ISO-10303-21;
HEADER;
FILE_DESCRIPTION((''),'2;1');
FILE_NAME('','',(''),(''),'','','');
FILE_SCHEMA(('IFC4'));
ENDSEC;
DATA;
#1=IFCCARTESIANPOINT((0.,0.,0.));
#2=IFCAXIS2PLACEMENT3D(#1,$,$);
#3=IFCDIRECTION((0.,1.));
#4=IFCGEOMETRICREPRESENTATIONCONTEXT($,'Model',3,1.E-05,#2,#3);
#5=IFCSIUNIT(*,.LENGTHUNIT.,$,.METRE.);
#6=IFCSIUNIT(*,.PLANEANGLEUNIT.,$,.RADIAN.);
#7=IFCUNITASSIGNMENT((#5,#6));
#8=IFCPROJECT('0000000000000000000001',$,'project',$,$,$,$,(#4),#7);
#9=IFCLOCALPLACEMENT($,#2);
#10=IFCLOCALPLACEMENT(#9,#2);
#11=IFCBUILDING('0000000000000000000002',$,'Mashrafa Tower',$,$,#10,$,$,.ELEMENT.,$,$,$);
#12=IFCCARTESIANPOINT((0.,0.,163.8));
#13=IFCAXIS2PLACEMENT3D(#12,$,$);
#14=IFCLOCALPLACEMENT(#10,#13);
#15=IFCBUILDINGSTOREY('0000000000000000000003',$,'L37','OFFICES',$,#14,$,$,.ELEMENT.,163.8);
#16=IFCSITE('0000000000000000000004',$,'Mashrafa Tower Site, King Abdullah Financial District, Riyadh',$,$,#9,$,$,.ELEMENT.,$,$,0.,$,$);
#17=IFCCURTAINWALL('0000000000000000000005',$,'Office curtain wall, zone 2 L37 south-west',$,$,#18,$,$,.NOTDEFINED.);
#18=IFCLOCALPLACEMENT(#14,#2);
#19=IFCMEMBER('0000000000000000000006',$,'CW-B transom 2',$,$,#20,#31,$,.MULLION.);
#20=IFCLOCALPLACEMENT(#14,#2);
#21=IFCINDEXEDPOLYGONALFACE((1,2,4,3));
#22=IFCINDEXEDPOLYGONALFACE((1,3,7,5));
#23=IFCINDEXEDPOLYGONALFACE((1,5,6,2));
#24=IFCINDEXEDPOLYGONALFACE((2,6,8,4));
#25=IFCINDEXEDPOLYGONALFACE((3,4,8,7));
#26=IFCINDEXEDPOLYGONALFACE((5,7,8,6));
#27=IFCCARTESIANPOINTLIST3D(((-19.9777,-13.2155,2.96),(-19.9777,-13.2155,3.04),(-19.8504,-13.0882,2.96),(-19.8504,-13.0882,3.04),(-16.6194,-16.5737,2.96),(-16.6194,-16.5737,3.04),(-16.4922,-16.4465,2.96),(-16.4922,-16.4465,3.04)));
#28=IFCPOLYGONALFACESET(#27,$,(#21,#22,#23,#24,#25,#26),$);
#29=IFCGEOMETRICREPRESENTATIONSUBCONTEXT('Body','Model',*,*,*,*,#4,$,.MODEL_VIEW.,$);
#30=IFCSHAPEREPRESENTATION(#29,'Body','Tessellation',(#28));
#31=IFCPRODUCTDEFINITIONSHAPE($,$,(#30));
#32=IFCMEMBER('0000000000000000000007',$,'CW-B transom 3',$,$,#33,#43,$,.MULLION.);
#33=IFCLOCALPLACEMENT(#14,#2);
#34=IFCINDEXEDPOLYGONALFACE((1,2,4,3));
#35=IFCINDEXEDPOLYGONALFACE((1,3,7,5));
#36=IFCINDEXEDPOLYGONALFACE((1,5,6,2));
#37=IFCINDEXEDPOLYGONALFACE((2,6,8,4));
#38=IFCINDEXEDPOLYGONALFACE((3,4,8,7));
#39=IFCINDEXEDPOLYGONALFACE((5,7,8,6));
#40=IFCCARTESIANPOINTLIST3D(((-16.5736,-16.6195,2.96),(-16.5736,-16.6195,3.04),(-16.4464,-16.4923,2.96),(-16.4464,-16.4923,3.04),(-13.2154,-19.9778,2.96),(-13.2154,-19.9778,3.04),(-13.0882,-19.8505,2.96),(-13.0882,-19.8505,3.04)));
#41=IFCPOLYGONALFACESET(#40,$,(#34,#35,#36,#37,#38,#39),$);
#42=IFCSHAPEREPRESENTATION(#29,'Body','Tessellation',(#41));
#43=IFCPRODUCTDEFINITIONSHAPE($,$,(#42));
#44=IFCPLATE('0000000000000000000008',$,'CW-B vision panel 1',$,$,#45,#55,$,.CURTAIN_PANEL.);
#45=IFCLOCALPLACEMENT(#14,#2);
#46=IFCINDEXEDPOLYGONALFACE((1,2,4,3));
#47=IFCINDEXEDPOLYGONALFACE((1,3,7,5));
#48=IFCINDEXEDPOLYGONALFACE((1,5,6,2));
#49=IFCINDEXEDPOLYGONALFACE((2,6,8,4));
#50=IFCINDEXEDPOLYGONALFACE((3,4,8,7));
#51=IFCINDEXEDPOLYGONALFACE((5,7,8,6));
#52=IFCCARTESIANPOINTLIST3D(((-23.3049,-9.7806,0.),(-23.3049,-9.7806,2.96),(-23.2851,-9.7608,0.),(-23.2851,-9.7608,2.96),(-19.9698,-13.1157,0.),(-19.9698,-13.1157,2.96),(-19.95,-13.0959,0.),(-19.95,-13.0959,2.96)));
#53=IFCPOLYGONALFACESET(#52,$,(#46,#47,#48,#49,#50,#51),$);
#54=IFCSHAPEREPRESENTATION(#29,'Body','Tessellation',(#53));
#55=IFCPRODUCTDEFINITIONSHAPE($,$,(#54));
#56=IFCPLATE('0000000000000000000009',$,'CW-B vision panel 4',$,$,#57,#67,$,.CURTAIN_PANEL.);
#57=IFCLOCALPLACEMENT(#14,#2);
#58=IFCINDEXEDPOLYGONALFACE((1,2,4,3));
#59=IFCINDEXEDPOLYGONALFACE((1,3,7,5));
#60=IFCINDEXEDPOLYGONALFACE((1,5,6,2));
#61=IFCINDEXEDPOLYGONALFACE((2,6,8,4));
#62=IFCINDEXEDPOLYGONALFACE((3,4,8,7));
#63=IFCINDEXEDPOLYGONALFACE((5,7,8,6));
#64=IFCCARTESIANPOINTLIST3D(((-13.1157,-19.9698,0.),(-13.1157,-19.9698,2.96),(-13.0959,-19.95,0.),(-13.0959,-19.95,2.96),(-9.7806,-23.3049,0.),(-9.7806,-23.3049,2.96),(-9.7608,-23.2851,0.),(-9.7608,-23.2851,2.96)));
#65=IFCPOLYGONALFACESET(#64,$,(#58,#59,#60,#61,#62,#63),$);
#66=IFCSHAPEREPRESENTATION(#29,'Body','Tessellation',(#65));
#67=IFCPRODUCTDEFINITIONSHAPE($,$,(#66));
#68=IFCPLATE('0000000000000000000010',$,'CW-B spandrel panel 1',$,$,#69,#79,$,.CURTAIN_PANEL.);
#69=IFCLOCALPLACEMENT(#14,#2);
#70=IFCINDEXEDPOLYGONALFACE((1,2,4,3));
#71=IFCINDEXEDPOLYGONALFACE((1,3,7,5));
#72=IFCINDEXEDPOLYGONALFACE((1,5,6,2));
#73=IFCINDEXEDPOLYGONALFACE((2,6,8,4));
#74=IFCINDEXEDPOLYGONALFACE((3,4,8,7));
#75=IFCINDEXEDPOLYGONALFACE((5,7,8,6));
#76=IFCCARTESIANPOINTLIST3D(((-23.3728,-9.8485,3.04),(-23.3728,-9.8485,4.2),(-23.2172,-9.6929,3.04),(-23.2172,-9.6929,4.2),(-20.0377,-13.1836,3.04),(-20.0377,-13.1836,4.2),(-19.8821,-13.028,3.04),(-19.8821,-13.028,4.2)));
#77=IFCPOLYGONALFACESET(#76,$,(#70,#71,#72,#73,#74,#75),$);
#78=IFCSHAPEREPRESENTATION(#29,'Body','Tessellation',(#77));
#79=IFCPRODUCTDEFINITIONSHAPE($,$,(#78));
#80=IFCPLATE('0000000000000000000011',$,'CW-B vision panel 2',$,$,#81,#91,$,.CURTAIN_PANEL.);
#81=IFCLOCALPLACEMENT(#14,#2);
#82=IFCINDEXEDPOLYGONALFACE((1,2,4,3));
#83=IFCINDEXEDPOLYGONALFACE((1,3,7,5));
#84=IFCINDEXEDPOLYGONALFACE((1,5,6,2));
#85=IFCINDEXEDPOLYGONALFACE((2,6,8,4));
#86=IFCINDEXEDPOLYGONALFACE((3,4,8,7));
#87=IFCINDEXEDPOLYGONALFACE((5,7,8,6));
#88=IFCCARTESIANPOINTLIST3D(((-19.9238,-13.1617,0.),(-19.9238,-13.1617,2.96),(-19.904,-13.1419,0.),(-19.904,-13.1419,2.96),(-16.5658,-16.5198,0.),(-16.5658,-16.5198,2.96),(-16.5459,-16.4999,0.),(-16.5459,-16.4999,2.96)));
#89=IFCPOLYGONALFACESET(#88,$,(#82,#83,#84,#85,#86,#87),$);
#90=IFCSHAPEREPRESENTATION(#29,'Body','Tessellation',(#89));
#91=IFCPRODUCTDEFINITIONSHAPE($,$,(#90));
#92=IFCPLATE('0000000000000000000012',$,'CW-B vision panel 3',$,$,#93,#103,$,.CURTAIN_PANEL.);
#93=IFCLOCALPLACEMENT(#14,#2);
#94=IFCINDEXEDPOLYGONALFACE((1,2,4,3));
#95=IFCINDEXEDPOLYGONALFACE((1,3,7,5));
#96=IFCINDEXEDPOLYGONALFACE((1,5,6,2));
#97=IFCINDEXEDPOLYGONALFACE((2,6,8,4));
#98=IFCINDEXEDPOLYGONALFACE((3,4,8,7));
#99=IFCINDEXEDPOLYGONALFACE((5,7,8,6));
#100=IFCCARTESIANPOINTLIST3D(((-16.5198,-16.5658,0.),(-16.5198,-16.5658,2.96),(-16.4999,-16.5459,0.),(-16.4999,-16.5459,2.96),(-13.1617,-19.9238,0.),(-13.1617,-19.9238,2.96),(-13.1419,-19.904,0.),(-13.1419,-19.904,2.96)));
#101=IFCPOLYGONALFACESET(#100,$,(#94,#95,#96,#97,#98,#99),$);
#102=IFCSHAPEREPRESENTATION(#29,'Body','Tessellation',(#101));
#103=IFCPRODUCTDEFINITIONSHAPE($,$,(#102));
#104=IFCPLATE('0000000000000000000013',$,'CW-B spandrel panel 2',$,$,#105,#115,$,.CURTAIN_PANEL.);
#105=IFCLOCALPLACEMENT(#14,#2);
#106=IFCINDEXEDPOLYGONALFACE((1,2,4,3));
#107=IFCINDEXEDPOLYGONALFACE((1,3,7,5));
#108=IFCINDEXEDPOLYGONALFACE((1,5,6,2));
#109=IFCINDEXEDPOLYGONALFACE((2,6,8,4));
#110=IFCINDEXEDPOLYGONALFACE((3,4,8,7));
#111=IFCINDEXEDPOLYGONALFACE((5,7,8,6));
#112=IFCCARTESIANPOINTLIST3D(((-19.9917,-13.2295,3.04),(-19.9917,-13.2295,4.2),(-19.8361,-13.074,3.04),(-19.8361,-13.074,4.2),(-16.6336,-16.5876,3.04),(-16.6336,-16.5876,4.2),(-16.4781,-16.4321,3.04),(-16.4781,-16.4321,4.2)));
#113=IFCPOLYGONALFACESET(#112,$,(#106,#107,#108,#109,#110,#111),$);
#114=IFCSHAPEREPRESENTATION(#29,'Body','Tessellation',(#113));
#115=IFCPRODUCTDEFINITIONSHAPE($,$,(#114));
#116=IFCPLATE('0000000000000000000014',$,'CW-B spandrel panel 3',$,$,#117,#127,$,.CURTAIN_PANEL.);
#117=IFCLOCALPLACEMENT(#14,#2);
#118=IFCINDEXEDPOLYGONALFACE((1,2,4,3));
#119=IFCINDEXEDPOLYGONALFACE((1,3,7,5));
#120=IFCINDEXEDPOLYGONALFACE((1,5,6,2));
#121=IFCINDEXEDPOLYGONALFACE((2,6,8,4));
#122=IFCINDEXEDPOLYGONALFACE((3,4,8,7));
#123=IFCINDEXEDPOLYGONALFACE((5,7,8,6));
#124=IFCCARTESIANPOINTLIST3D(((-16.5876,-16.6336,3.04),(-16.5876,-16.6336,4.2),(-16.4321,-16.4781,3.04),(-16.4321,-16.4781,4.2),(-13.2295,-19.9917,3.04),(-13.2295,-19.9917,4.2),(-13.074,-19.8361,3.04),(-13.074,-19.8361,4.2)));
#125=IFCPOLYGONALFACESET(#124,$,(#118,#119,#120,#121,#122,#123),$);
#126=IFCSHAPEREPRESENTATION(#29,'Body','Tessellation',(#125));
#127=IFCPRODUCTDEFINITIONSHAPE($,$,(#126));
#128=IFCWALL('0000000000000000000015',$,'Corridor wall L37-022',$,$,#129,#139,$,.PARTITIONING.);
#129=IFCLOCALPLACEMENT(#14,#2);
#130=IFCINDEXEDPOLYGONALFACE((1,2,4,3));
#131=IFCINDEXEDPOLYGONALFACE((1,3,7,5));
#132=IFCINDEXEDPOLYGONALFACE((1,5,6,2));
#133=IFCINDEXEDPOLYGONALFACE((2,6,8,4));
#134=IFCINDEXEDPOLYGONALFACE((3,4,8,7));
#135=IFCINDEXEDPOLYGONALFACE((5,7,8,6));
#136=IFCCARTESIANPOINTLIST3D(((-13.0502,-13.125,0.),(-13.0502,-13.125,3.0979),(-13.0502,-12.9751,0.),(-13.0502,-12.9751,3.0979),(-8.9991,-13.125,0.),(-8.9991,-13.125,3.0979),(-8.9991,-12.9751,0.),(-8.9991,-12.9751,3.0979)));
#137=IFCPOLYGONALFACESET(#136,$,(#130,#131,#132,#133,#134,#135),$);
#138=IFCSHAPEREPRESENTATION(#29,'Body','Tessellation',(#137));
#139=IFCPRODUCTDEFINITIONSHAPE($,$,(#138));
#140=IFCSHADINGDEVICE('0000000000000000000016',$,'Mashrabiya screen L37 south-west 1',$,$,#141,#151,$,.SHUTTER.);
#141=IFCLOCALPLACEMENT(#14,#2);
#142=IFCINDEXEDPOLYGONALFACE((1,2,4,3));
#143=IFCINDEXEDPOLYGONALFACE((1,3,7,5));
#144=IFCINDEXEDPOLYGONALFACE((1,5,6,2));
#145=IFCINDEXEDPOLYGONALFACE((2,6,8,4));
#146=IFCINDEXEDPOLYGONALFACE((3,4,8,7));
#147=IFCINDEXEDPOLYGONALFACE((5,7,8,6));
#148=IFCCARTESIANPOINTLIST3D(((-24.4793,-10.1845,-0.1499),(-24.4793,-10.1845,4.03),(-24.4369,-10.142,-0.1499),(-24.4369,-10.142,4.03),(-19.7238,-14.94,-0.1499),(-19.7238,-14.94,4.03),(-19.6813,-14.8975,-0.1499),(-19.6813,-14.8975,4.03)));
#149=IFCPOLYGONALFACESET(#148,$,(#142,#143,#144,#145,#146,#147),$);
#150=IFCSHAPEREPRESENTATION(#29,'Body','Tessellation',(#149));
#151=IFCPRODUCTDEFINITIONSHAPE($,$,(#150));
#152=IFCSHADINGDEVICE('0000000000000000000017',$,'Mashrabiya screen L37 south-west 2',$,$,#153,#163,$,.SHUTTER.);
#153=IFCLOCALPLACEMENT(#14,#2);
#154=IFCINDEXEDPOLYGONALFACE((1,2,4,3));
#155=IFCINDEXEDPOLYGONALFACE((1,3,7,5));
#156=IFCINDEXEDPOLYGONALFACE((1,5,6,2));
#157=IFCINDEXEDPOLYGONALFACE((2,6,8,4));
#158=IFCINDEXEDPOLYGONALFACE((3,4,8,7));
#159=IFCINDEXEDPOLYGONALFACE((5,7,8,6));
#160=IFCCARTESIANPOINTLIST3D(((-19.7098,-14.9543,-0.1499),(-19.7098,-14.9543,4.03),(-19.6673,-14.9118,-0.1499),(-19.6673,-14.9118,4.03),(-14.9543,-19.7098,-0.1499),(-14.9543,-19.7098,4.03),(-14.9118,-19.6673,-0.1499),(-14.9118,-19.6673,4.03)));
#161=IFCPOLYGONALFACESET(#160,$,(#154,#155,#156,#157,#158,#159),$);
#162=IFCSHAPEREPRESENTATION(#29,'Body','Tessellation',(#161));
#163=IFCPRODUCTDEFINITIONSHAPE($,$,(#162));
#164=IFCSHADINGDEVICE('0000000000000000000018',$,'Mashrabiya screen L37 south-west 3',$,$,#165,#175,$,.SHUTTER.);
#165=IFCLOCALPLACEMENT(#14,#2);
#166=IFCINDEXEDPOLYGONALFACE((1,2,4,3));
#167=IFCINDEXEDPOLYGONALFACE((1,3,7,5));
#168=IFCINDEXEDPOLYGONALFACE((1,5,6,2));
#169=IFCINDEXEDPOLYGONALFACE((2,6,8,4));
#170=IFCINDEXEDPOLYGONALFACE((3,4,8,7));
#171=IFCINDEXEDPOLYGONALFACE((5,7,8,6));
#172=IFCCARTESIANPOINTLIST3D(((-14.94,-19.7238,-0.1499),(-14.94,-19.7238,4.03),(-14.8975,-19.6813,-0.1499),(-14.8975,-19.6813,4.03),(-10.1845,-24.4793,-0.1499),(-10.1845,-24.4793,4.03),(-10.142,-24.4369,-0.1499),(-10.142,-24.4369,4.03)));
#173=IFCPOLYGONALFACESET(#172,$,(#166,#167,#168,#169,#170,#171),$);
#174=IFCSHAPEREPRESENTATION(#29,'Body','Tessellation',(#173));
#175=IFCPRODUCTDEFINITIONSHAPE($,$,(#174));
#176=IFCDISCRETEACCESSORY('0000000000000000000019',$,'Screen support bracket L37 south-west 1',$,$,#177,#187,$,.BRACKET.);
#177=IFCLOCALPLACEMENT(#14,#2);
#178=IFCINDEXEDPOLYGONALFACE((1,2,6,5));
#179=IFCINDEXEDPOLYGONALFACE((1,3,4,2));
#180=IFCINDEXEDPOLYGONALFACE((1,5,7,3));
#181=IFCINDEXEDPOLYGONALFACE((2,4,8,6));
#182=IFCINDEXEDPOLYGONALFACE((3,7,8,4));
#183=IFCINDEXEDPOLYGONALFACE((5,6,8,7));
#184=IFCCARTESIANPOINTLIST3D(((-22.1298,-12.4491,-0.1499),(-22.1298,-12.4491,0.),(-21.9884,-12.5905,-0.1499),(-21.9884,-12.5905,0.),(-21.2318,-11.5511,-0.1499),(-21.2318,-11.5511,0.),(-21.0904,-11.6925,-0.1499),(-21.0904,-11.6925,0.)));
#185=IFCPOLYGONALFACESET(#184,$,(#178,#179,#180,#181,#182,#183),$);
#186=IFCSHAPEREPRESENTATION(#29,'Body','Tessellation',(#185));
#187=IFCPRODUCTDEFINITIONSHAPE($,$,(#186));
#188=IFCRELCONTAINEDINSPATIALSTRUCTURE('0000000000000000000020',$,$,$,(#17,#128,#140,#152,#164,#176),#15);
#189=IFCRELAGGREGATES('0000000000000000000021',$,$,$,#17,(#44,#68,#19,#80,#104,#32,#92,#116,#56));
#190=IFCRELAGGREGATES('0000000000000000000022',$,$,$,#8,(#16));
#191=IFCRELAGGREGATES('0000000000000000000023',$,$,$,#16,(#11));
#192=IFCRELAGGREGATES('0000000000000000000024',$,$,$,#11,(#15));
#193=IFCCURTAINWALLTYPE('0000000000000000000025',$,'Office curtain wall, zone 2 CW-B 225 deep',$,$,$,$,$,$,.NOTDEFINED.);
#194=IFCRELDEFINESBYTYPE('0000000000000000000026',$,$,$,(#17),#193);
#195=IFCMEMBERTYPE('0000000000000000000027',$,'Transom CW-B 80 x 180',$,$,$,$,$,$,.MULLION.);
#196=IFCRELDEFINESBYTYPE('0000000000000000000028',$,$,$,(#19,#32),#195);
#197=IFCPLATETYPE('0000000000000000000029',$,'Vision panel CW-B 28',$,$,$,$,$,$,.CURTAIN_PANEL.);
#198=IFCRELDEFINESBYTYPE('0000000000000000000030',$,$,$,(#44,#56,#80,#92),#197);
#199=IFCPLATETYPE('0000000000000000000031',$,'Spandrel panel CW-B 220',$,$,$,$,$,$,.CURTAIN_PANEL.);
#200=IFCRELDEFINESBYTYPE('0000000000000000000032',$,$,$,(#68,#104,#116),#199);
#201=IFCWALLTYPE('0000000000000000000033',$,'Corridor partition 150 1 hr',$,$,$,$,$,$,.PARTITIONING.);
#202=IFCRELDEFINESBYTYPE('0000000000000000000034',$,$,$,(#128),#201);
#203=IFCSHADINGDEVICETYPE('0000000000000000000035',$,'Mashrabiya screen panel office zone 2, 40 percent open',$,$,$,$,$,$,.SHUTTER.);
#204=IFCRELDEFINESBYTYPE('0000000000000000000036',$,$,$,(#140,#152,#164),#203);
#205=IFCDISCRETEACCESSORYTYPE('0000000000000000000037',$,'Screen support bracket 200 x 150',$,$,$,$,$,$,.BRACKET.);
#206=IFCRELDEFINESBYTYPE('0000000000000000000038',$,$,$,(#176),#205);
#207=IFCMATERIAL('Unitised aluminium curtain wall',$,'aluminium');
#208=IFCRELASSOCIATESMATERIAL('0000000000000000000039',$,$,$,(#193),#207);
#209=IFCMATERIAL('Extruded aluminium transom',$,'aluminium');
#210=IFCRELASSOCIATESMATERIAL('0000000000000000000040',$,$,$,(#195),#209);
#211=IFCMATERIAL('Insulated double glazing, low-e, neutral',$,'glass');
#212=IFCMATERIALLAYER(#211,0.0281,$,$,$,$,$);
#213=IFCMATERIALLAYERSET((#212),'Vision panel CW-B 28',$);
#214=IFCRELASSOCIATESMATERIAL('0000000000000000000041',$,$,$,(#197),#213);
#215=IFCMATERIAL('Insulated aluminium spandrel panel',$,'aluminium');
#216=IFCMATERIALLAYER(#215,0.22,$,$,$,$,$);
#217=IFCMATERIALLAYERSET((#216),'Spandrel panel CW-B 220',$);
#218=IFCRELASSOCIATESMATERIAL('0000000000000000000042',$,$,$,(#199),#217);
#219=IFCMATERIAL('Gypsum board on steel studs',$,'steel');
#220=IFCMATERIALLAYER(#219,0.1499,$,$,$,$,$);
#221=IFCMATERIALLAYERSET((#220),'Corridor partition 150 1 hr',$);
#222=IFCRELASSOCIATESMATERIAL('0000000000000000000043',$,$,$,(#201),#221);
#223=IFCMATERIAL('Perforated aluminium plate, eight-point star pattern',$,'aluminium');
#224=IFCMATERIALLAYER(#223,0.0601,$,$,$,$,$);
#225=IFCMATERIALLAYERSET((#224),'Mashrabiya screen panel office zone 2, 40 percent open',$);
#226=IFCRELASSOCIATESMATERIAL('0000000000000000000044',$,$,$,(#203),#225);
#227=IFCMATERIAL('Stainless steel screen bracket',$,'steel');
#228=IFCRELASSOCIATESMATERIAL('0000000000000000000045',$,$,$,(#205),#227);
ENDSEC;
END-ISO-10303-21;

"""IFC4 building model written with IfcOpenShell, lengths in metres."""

from ifc_helpers import new_model, si_unit, direction, frame, frame_2d, origin, origin_2d, place, context, subcontext, project, spatial, rectangle, extrude, source, transform, mapped, material, layer, layer_set, material_profile, profile_set, type_object, type_shapes, element, aggregate, save


model = new_model("IFC4")

# Units and contexts
model_context = context("Model", 3, precision=1e-05, world=origin(), true_north=direction((0.0, 1.0)))
body_context = subcontext(model_context, "Body", "Model", "MODEL_VIEW")
ifc_project = project(units=[si_unit("LENGTHUNIT", "METRE"), si_unit("PLANEANGLEUNIT", "RADIAN")], contexts=[model_context])

# Site, building, storey
site_placement = place(None, origin())
site = spatial("IfcSite", under=ifc_project, at=site_placement, Name="Mashrafa Tower Site, King Abdullah Financial District, Riyadh", CompositionType="ELEMENT", RefElevation=0.0)
building_placement = place(site_placement, origin())
building = spatial("IfcBuilding", under=site, at=building_placement, Name="Mashrafa Tower", CompositionType="ELEMENT")
storey_placement = place(building_placement, frame((0.0, 0.0, 163.8)))
storey = spatial("IfcBuildingStorey", under=building, at=storey_placement, Name="L37", Description="OFFICES", CompositionType="ELEMENT", Elevation=163.8)

# Curtain wall, members, plates
ifc_material_1 = material(Name="Unitised aluminium curtain wall", Category="aluminium")
curtain_wall_type = type_object("IfcCurtainWallType", Name="Office curtain wall, zone 2 CW-B 225 deep", PredefinedType="NOTDEFINED", material=ifc_material_1)
curtain_wall_placement = place(storey_placement, origin())
curtain_wall = element("IfcCurtainWall", 1, at=curtain_wall_placement, inside=storey, type_object=curtain_wall_type, Name="Office curtain wall, zone 2 L37 south-west", PredefinedType="NOTDEFINED")
ifc_material_2 = material(Name="Extruded aluminium transom", Category="aluminium")
ifc_material_profile_1 = material_profile(ifc_material_2, rectangle(XDim=0.1799, YDim=0.0801, at=origin_2d()), Name="Transom 80x180")
ifc_profile_set_1 = profile_set([ifc_material_profile_1], Name="Extruded aluminium transom")
member_type_1 = type_object("IfcMemberType", Name="Transom CW-B 80 x 180", PredefinedType="MULLION", material=ifc_profile_set_1)
shared_shape_1 = source(origin(), body_context, "Body", "SweptSolid", [
    extrude(rectangle(XDim=0.1799, YDim=0.0801, at=origin_2d()), origin(), (0.0, 0.0, 1.0), 4.7493),
])
member_1_placement = place(storey_placement, frame((-19.9141, -13.1519, 3.0), z_axis=(0.707107, -0.707107, 0.0), x_axis=(0.707107, 0.707107, 0.0)))
member_1 = element("IfcMember", 2, at=member_1_placement, type_object=member_type_1, Name="CW-B transom 2", PredefinedType="MULLION", context=body_context, shape_type="MappedRepresentation", body=[
    mapped(shared_shape_1, transform((0.0, 0.0, 0.0))),
])
member_2_placement = place(storey_placement, frame((-16.51, -16.5559, 3.0), z_axis=(0.707107, -0.707107, 0.0), x_axis=(0.707107, 0.707107, 0.0)))
member_2 = element("IfcMember", 3, at=member_2_placement, type_object=member_type_1, Name="CW-B transom 3", PredefinedType="MULLION", context=body_context, shape_type="MappedRepresentation", body=[
    mapped(shared_shape_1, transform((0.0, 0.0, 0.0))),
])
ifc_material_3 = material(Name="Insulated double glazing, low-e, neutral", Category="glass")
ifc_layer_1 = layer(ifc_material_3, 0.0281)
ifc_layer_set_1 = layer_set([ifc_layer_1], Name="Vision panel CW-B 28")
plate_type_1 = type_object("IfcPlateType", Name="Vision panel CW-B 28", PredefinedType="CURTAIN_PANEL", material=ifc_layer_set_1)
shared_shape_2 = source(origin(), body_context, "Body", "SweptSolid", [
    extrude(rectangle(XDim=4.7166, YDim=0.0281, at=origin_2d()), origin(), (0.0, 0.0, 1.0), 2.96),
])
plate_1_placement = place(storey_placement, frame((-21.6274, -11.4382, 0.0), z_axis=(0.0, 0.0, 1.0), x_axis=(0.707107, -0.707107, 0.0)))
plate_1 = element("IfcPlate", 4, at=plate_1_placement, type_object=plate_type_1, Name="CW-B vision panel 1", PredefinedType="CURTAIN_PANEL", context=body_context, shape_type="MappedRepresentation", body=[
    mapped(shared_shape_2, transform((0.0, 0.0, 0.0))),
])
plate_2_placement = place(storey_placement, frame((-11.4382, -21.6274, 0.0), z_axis=(0.0, 0.0, 1.0), x_axis=(0.707107, -0.707107, 0.0)))
plate_2 = element("IfcPlate", 5, at=plate_2_placement, type_object=plate_type_1, Name="CW-B vision panel 4", PredefinedType="CURTAIN_PANEL", context=body_context, shape_type="MappedRepresentation", body=[
    mapped(shared_shape_2, transform((0.0, 0.0, 0.0))),
])
ifc_material_4 = material(Name="Insulated aluminium spandrel panel", Category="aluminium")
ifc_layer_2 = layer(ifc_material_4, 0.22)
ifc_layer_set_2 = layer_set([ifc_layer_2], Name="Spandrel panel CW-B 220")
plate_type_2 = type_object("IfcPlateType", Name="Spandrel panel CW-B 220", PredefinedType="CURTAIN_PANEL", material=ifc_layer_set_2)
shared_shape_3 = source(origin(), body_context, "Body", "SweptSolid", [
    extrude(rectangle(XDim=4.7166, YDim=0.22, at=origin_2d()), origin(), (0.0, 0.0, 1.0), 1.1599),
])
plate_3_placement = place(storey_placement, frame((-21.6274, -11.4382, 3.04), z_axis=(0.0, 0.0, 1.0), x_axis=(0.707107, -0.707107, 0.0)))
plate_3 = element("IfcPlate", 6, at=plate_3_placement, type_object=plate_type_2, Name="CW-B spandrel panel 1", PredefinedType="CURTAIN_PANEL", context=body_context, shape_type="MappedRepresentation", body=[
    mapped(shared_shape_3, transform((0.0, 0.0, 0.0))),
])
shared_shape_4 = source(origin(), body_context, "Body", "SweptSolid", [
    extrude(rectangle(XDim=4.749, YDim=0.0281, at=origin_2d()), origin(), (0.0, 0.0, 1.0), 2.96),
])
type_shapes(plate_type_1, [shared_shape_2, shared_shape_4])
plate_4_placement = place(storey_placement, frame((-18.2349, -14.8308, 0.0), z_axis=(0.0, 0.0, 1.0), x_axis=(0.707107, -0.707107, 0.0)))
plate_4 = element("IfcPlate", 7, at=plate_4_placement, type_object=plate_type_1, Name="CW-B vision panel 2", PredefinedType="CURTAIN_PANEL", context=body_context, shape_type="MappedRepresentation", body=[
    mapped(shared_shape_4, transform((0.0, 0.0, 0.0))),
])
plate_5_placement = place(storey_placement, frame((-14.8308, -18.2349, 0.0), z_axis=(0.0, 0.0, 1.0), x_axis=(0.707107, -0.707107, 0.0)))
plate_5 = element("IfcPlate", 8, at=plate_5_placement, type_object=plate_type_1, Name="CW-B vision panel 3", PredefinedType="CURTAIN_PANEL", context=body_context, shape_type="MappedRepresentation", body=[
    mapped(shared_shape_4, transform((0.0, 0.0, 0.0))),
])
shared_shape_5 = source(origin(), body_context, "Body", "SweptSolid", [
    extrude(rectangle(XDim=4.749, YDim=0.22, at=origin_2d()), origin(), (0.0, 0.0, 1.0), 1.1599),
])
type_shapes(plate_type_2, [shared_shape_3, shared_shape_5])
plate_6_placement = place(storey_placement, frame((-18.2349, -14.8308, 3.04), z_axis=(0.0, 0.0, 1.0), x_axis=(0.707107, -0.707107, 0.0)))
plate_6 = element("IfcPlate", 9, at=plate_6_placement, type_object=plate_type_2, Name="CW-B spandrel panel 2", PredefinedType="CURTAIN_PANEL", context=body_context, shape_type="MappedRepresentation", body=[
    mapped(shared_shape_5, transform((0.0, 0.0, 0.0))),
])
plate_7_placement = place(storey_placement, frame((-14.8308, -18.2349, 3.04), z_axis=(0.0, 0.0, 1.0), x_axis=(0.707107, -0.707107, 0.0)))
plate_7 = element("IfcPlate", 10, at=plate_7_placement, type_object=plate_type_2, Name="CW-B spandrel panel 3", PredefinedType="CURTAIN_PANEL", context=body_context, shape_type="MappedRepresentation", body=[
    mapped(shared_shape_5, transform((0.0, 0.0, 0.0))),
])
aggregate(curtain_wall, [plate_1, plate_3, member_1, plate_4, plate_6, member_2, plate_5, plate_7, plate_2])

# Wall
ifc_material_5 = material(Name="Gypsum board on steel studs", Category="steel")
ifc_layer_3 = layer(ifc_material_5, 0.1499)
ifc_layer_set_3 = layer_set([ifc_layer_3], Name="Corridor partition 150 1 hr")
wall_type = type_object("IfcWallType", Name="Corridor partition 150 1 hr", PredefinedType="PARTITIONING", material=ifc_layer_set_3)
wall_placement = place(storey_placement, frame((-13.05, -13.05, 0.0), z_axis=(0.0, 0.0, 1.0), x_axis=(1.0, 0.0, 0.0)))
element("IfcWall", 11, at=wall_placement, inside=storey, type_object=wall_type, Name="Corridor wall L37-022", PredefinedType="PARTITIONING", context=body_context, shape_type="SweptSolid", body=[
    extrude(rectangle(XDim=4.051, YDim=0.1499, at=frame_2d((2.0254, 0.0))), origin(), (0.0, 0.0, 1.0), 3.0979),
])

# Shading devices
ifc_material_6 = material(Name="Perforated aluminium plate, eight-point star pattern", Category="aluminium")
ifc_layer_4 = layer(ifc_material_6, 0.0601)
ifc_layer_set_4 = layer_set([ifc_layer_4], Name="Mashrabiya screen panel office zone 2, 40 percent open")
shading_device_type = type_object("IfcShadingDeviceType", Name="Mashrabiya screen panel office zone 2, 40 percent open", PredefinedType="SHUTTER", material=ifc_layer_set_4)
shared_shape_6 = source(origin(), body_context, "Body", "SweptSolid", [
    extrude(rectangle(XDim=6.7253, YDim=0.0601, at=origin_2d()), origin(), (0.0, 0.0, 1.0), 4.1799),
])
type_shapes(shading_device_type, [shared_shape_6])
for number, where, z_axis, x_axis, name in (
    (12, (-22.0803, -12.541, -0.1499), (0.0, 0.0, 1.0), (0.707107, -0.707107, 0.0), "Mashrabiya screen L37 south-west 1"),
    (13, (-17.3108, -17.3108, -0.1499), (0.0, 0.0, 1.0), (0.707107, -0.707107, 0.0), "Mashrabiya screen L37 south-west 2"),
    (14, (-12.541, -22.0803, -0.1499), (0.0, 0.0, 1.0), (0.707107, -0.707107, 0.0), "Mashrabiya screen L37 south-west 3"),
):
    element("IfcShadingDevice", number, at=place(storey_placement, frame(where, z_axis=z_axis, x_axis=x_axis)), inside=storey, type_object=shading_device_type, Name=name, PredefinedType="SHUTTER", context=body_context, shape_type="MappedRepresentation", body=[
        mapped(shared_shape_6, transform((0.0, 0.0, 0.0))),
    ])

# Discrete accessory
ifc_material_7 = material(Name="Stainless steel screen bracket", Category="steel")
discrete_accessory_type = type_object("IfcDiscreteAccessoryType", Name="Screen support bracket 200 x 150", PredefinedType="BRACKET", material=ifc_material_7)
shared_shape_7 = source(origin(), body_context, "Body", "SweptSolid", [
    extrude(rectangle(XDim=0.2, YDim=1.27, at=origin_2d()), origin(), (0.0, 0.0, 1.0), 0.1499),
])
type_shapes(discrete_accessory_type, [shared_shape_7])
for number, where, z_axis, x_axis, name in (
    (15, (-21.6101, -12.0708, -0.1499), (0.0, 0.0, 1.0), (0.707107, -0.707107, 0.0), "Screen support bracket L37 south-west 1"),
):
    element("IfcDiscreteAccessory", number, at=place(storey_placement, frame(where, z_axis=z_axis, x_axis=x_axis)), inside=storey, type_object=discrete_accessory_type, Name=name, PredefinedType="BRACKET", context=body_context, shape_type="MappedRepresentation", body=[
        mapped(shared_shape_7, transform((0.0, 0.0, 0.0))),
    ])

save(model, "model.ifc")
